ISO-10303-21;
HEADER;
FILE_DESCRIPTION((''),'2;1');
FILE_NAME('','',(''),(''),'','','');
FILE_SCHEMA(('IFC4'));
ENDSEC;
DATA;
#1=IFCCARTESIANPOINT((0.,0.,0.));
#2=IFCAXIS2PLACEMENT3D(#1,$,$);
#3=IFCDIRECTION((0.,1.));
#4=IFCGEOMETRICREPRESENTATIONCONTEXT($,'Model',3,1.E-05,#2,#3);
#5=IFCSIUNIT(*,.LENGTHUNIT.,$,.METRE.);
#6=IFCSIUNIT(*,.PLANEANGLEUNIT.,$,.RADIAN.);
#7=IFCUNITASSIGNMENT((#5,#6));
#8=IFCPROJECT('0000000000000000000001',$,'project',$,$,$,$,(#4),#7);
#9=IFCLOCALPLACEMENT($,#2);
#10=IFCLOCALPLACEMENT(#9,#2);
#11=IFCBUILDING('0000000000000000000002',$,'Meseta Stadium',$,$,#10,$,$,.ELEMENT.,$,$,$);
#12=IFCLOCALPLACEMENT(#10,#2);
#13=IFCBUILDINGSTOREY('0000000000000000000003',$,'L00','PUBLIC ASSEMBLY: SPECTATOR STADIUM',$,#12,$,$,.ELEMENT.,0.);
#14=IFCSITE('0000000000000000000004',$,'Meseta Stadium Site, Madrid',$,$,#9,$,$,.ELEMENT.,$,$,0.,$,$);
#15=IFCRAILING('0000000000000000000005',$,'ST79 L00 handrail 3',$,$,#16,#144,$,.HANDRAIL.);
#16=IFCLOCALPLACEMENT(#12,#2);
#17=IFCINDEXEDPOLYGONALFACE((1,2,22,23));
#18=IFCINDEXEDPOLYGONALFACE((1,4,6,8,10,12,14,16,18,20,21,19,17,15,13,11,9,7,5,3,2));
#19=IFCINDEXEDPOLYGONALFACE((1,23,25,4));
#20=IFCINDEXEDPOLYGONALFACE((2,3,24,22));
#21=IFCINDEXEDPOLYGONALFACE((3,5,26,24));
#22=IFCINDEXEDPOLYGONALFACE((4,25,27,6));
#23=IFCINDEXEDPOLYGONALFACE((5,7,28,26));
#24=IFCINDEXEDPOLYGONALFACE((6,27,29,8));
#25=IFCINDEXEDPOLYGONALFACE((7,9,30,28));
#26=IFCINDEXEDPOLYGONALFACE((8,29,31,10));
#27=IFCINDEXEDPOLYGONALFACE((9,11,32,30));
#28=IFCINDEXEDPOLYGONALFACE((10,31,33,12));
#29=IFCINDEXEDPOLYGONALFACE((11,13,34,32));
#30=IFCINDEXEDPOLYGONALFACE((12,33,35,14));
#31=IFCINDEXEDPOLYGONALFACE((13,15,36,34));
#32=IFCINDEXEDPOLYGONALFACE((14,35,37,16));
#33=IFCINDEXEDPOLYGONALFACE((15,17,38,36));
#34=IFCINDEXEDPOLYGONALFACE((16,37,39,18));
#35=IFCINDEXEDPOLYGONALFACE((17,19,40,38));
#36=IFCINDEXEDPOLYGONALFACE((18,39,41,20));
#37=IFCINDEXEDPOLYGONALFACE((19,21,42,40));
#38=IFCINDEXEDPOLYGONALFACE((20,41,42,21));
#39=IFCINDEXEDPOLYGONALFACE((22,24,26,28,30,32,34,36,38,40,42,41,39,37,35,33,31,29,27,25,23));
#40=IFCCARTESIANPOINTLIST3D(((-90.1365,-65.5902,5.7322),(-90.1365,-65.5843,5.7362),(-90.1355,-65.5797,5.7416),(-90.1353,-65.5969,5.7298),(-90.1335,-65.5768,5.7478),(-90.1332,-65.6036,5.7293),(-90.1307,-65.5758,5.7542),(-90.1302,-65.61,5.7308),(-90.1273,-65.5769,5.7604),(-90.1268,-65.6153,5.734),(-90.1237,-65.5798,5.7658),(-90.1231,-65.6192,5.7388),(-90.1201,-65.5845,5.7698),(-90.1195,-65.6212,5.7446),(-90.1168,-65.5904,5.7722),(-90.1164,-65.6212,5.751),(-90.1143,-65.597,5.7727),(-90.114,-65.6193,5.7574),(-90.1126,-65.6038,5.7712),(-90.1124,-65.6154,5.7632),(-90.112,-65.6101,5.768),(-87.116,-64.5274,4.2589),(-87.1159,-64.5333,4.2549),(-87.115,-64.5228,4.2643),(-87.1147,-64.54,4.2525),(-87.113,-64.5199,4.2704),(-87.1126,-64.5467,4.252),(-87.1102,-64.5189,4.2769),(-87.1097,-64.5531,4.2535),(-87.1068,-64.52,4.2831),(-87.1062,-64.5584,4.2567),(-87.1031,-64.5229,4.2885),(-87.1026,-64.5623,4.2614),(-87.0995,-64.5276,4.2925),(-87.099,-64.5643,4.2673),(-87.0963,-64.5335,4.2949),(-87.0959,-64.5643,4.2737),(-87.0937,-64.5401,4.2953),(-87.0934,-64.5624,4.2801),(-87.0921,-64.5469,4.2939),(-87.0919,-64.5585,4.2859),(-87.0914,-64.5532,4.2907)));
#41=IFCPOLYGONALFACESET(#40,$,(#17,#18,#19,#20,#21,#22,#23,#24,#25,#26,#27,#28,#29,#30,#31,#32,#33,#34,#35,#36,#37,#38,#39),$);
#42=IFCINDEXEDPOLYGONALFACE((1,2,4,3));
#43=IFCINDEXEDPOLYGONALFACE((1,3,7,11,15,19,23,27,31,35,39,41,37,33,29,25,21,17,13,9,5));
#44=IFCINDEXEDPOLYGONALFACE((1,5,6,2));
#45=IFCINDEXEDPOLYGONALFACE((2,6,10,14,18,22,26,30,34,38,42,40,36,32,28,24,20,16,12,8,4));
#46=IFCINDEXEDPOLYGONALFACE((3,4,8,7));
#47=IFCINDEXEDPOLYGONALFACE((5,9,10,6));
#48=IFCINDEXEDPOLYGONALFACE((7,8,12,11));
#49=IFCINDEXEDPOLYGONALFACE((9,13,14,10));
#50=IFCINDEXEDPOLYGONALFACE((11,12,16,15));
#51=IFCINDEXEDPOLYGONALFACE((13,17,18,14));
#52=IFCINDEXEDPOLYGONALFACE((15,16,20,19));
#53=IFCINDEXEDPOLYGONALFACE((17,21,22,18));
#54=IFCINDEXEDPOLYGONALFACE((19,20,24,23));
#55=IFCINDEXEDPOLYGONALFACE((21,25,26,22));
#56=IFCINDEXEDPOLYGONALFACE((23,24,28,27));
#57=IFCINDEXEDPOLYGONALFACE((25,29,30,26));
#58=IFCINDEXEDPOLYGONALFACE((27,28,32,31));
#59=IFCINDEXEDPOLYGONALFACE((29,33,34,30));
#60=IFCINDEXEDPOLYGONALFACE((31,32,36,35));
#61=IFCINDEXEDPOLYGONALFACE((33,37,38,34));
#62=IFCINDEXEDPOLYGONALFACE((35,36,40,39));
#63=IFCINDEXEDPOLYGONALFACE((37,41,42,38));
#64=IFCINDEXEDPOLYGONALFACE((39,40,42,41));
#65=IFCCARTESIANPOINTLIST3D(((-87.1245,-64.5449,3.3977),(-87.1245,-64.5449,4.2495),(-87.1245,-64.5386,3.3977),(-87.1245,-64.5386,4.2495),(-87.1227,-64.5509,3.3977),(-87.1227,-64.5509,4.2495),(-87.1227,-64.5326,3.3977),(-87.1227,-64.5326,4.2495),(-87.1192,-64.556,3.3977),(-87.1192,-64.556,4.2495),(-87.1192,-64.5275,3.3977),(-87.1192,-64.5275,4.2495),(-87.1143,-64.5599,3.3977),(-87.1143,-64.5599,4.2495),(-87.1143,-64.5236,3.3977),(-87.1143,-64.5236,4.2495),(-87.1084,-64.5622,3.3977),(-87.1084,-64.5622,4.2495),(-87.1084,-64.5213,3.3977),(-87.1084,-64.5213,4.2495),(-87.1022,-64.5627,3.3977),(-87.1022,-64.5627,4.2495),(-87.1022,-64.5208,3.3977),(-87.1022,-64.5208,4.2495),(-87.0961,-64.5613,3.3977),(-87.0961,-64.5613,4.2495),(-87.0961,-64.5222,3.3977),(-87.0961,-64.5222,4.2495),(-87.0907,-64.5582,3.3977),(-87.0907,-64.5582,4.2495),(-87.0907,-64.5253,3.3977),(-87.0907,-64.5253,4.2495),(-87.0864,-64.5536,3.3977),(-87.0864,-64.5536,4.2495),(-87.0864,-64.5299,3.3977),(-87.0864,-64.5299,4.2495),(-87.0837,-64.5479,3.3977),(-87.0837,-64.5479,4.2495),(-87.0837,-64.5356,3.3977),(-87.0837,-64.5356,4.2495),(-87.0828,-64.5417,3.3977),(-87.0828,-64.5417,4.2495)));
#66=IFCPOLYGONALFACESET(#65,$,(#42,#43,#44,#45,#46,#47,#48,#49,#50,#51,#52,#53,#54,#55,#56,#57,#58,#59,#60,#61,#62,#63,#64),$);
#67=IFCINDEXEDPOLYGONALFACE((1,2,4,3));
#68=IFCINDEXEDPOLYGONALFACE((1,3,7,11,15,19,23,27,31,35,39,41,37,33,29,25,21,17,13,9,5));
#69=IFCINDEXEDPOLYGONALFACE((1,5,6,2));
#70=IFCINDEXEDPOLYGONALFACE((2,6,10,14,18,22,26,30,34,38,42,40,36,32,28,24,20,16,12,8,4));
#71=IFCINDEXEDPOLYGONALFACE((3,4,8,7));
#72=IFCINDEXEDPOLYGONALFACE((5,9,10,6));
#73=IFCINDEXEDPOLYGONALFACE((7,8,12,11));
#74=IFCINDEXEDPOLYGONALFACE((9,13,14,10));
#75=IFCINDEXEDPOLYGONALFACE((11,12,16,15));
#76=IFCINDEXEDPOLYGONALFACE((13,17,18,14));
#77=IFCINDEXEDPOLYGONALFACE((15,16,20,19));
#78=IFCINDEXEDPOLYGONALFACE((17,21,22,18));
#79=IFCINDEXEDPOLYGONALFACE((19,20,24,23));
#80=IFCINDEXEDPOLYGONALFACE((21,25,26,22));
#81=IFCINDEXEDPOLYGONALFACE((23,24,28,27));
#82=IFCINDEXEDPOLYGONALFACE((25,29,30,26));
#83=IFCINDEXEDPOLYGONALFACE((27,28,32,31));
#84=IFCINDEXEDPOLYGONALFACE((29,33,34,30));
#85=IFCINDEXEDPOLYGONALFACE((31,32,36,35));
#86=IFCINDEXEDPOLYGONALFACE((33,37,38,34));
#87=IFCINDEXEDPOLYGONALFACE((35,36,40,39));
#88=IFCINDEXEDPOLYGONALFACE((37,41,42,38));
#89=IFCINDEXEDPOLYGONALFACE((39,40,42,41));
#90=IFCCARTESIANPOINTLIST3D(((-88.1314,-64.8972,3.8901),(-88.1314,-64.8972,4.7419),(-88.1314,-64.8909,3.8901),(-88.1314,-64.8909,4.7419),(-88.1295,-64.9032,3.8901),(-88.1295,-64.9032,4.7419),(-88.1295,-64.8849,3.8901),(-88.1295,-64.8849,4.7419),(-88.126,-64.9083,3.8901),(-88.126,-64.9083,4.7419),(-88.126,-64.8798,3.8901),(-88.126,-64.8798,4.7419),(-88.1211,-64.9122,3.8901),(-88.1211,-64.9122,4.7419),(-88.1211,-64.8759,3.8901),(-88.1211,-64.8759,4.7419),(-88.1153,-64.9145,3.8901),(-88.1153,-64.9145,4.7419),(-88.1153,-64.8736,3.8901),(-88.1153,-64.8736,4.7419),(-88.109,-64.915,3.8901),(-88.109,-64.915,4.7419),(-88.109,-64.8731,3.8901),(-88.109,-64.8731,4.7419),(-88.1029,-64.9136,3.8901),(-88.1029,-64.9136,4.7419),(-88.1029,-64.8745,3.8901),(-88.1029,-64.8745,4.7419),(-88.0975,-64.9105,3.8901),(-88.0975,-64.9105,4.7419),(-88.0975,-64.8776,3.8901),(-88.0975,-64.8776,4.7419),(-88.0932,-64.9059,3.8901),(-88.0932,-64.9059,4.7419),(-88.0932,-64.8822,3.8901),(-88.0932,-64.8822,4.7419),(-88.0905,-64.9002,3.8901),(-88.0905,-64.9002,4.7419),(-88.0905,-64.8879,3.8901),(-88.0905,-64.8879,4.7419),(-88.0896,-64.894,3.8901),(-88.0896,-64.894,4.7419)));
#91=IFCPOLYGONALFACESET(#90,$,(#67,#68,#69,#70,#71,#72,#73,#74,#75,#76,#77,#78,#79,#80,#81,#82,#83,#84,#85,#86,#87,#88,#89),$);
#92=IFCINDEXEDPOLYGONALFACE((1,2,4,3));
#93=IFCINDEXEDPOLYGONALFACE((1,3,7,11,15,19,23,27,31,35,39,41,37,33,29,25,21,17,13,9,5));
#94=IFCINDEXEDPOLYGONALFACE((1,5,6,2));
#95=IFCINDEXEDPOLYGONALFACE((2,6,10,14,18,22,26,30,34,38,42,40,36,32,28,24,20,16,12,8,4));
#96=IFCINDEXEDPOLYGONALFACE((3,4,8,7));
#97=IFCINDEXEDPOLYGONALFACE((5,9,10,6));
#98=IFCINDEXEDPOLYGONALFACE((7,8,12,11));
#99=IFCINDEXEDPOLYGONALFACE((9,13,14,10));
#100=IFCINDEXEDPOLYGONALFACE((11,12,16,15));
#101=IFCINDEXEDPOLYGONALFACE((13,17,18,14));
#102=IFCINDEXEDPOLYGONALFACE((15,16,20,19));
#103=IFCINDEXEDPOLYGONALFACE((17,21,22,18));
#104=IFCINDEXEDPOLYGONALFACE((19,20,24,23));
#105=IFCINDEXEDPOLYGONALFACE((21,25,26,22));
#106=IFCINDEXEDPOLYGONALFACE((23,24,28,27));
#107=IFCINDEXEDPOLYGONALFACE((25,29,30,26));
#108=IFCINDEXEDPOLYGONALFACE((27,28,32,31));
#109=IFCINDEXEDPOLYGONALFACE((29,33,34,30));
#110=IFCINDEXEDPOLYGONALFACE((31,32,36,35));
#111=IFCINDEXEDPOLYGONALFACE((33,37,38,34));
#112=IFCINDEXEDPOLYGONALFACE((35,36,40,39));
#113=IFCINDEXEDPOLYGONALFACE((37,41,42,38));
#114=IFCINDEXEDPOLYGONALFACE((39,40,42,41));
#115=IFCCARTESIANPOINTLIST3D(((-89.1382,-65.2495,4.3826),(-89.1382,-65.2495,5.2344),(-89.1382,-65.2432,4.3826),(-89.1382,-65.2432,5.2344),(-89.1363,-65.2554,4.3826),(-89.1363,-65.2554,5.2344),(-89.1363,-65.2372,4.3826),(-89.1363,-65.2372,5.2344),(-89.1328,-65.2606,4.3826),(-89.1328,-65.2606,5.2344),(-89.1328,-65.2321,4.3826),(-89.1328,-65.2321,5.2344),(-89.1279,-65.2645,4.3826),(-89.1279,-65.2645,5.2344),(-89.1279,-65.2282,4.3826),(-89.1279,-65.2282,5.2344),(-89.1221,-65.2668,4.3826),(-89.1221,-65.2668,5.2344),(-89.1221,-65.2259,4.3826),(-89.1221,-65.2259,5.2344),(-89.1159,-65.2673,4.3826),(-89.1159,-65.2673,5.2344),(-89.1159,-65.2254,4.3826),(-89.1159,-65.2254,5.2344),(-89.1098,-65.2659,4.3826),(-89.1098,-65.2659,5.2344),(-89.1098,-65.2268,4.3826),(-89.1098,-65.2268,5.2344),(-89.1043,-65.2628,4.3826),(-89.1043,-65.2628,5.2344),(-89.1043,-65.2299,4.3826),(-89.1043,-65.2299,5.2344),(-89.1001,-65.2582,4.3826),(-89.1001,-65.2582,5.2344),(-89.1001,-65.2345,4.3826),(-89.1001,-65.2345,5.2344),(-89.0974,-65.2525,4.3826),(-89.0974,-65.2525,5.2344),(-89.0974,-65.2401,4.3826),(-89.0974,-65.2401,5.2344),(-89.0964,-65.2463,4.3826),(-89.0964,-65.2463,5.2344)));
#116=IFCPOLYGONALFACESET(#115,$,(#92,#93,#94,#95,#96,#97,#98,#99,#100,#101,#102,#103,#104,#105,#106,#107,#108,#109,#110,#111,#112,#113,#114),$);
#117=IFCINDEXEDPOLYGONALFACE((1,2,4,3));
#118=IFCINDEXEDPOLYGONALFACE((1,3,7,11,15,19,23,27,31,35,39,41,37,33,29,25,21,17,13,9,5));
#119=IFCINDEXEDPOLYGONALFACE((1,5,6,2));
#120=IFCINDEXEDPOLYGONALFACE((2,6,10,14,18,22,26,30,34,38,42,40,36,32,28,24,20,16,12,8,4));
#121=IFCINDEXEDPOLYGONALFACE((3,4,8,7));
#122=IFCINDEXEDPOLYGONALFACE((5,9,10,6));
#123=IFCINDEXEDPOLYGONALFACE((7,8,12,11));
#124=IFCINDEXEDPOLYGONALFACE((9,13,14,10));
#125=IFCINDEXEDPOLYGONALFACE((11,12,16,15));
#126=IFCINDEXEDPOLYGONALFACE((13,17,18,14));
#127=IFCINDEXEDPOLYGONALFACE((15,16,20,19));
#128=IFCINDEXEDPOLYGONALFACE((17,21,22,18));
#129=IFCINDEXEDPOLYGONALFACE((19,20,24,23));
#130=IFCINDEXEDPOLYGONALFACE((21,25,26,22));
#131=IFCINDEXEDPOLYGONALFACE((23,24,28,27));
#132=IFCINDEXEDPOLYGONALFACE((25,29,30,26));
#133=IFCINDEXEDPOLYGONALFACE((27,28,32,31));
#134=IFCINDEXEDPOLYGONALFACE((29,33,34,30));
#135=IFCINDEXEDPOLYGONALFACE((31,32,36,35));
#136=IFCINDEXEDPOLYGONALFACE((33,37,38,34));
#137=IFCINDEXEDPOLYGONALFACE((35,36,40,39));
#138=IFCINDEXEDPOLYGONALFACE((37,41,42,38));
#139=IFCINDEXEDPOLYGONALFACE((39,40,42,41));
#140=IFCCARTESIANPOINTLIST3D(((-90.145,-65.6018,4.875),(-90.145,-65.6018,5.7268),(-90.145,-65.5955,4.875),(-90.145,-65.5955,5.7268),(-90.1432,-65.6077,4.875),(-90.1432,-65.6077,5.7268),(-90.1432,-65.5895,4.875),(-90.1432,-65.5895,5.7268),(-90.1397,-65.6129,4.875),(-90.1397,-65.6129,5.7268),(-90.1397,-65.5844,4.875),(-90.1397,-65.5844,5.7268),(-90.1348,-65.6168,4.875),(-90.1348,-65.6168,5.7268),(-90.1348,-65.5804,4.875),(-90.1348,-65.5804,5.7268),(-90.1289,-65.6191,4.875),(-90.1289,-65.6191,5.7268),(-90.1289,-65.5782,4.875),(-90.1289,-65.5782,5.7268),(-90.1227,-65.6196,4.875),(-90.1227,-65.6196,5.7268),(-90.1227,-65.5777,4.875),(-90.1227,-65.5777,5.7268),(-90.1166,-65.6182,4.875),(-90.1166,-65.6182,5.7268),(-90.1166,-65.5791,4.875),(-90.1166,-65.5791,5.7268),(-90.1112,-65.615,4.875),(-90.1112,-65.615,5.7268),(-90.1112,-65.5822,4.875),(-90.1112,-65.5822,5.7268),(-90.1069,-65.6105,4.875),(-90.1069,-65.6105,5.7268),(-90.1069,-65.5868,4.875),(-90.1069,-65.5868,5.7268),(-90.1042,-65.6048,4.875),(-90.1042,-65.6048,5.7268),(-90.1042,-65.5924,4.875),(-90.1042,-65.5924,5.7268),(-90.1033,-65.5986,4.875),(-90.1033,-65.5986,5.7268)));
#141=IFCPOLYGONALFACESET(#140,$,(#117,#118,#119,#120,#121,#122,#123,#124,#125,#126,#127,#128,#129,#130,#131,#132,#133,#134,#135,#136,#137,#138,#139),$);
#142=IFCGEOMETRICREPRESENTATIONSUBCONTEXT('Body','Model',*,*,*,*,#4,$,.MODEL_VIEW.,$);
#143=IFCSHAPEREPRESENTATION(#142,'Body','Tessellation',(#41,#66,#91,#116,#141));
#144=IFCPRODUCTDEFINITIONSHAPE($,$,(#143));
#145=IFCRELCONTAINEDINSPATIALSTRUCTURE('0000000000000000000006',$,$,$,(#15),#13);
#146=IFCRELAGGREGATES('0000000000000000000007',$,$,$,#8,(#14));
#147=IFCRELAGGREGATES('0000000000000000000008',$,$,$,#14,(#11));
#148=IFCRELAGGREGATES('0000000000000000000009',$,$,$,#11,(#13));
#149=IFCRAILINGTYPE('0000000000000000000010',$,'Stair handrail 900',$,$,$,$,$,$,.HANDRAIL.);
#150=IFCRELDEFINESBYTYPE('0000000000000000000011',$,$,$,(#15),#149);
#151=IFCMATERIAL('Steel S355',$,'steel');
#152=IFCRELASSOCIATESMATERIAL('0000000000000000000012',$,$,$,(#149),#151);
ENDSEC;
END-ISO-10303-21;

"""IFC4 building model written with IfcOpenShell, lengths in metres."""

from ifc_helpers import new_model, si_unit, direction, frame, origin, origin_2d, place, context, subcontext, project, spatial, circle, extrude, material, type_object, element, save


model = new_model("IFC4")

# Units and contexts
model_context = context("Model", 3, precision=1e-05, world=origin(), true_north=direction((0.0, 1.0)))
body_context = subcontext(model_context, "Body", "Model", "MODEL_VIEW")
ifc_project = project(units=[si_unit("LENGTHUNIT", "METRE"), si_unit("PLANEANGLEUNIT", "RADIAN")], contexts=[model_context])

# Site, building, storey
site_placement = place(None, origin())
site = spatial("IfcSite", under=ifc_project, at=site_placement, Name="Meseta Stadium Site, Madrid", CompositionType="ELEMENT", RefElevation=0.0)
building_placement = place(site_placement, origin())
building = spatial("IfcBuilding", under=site, at=building_placement, Name="Meseta Stadium", CompositionType="ELEMENT")
storey_placement = place(building_placement, origin())
storey = spatial("IfcBuildingStorey", under=building, at=storey_placement, Name="L00", Description="PUBLIC ASSEMBLY: SPECTATOR STADIUM", CompositionType="ELEMENT", Elevation=0.0)

# Railing
ifc_material_1 = material(Name="Steel S355", Category="steel")
railing_type_1 = type_object("IfcRailingType", Name="Stair handrail 900", PredefinedType="HANDRAIL", material=ifc_material_1)
for number, where, name in (
    (1, (-87.1038, -64.5417, 3.3977), "ST79 L00 handrail 3"),
):
    element("IfcRailing", number, at=place(storey_placement, frame(where)), inside=storey, type_object=railing_type_1, Name=name, PredefinedType="HANDRAIL", context=body_context, shape_type="SweptSolid", body=[
        extrude(circle(Radius=0.0239, at=origin_2d()), frame((0.0, 0.0, 0.876), z_axis=(-0.856977, -0.299859, 0.419137), x_axis=(0.330269, -0.943887, 0.0)), (0.0, 0.0, 1.0), 3.5247),
        extrude(circle(Radius=0.021, at=origin_2d()), origin(), (0.0, 0.0, 1.0), 0.8518),
        extrude(circle(Radius=0.021, at=origin_2d()), frame((-1.0068, -0.3523, 0.4924)), (0.0, 0.0, 1.0), 0.8518),
        extrude(circle(Radius=0.021, at=origin_2d()), frame((-2.0137, -0.7046, 0.9849)), (0.0, 0.0, 1.0), 0.8518),
        extrude(circle(Radius=0.021, at=origin_2d()), frame((-3.0205, -1.0569, 1.4773)), (0.0, 0.0, 1.0), 0.8518),
    ])

save(model, "model.ifc")
